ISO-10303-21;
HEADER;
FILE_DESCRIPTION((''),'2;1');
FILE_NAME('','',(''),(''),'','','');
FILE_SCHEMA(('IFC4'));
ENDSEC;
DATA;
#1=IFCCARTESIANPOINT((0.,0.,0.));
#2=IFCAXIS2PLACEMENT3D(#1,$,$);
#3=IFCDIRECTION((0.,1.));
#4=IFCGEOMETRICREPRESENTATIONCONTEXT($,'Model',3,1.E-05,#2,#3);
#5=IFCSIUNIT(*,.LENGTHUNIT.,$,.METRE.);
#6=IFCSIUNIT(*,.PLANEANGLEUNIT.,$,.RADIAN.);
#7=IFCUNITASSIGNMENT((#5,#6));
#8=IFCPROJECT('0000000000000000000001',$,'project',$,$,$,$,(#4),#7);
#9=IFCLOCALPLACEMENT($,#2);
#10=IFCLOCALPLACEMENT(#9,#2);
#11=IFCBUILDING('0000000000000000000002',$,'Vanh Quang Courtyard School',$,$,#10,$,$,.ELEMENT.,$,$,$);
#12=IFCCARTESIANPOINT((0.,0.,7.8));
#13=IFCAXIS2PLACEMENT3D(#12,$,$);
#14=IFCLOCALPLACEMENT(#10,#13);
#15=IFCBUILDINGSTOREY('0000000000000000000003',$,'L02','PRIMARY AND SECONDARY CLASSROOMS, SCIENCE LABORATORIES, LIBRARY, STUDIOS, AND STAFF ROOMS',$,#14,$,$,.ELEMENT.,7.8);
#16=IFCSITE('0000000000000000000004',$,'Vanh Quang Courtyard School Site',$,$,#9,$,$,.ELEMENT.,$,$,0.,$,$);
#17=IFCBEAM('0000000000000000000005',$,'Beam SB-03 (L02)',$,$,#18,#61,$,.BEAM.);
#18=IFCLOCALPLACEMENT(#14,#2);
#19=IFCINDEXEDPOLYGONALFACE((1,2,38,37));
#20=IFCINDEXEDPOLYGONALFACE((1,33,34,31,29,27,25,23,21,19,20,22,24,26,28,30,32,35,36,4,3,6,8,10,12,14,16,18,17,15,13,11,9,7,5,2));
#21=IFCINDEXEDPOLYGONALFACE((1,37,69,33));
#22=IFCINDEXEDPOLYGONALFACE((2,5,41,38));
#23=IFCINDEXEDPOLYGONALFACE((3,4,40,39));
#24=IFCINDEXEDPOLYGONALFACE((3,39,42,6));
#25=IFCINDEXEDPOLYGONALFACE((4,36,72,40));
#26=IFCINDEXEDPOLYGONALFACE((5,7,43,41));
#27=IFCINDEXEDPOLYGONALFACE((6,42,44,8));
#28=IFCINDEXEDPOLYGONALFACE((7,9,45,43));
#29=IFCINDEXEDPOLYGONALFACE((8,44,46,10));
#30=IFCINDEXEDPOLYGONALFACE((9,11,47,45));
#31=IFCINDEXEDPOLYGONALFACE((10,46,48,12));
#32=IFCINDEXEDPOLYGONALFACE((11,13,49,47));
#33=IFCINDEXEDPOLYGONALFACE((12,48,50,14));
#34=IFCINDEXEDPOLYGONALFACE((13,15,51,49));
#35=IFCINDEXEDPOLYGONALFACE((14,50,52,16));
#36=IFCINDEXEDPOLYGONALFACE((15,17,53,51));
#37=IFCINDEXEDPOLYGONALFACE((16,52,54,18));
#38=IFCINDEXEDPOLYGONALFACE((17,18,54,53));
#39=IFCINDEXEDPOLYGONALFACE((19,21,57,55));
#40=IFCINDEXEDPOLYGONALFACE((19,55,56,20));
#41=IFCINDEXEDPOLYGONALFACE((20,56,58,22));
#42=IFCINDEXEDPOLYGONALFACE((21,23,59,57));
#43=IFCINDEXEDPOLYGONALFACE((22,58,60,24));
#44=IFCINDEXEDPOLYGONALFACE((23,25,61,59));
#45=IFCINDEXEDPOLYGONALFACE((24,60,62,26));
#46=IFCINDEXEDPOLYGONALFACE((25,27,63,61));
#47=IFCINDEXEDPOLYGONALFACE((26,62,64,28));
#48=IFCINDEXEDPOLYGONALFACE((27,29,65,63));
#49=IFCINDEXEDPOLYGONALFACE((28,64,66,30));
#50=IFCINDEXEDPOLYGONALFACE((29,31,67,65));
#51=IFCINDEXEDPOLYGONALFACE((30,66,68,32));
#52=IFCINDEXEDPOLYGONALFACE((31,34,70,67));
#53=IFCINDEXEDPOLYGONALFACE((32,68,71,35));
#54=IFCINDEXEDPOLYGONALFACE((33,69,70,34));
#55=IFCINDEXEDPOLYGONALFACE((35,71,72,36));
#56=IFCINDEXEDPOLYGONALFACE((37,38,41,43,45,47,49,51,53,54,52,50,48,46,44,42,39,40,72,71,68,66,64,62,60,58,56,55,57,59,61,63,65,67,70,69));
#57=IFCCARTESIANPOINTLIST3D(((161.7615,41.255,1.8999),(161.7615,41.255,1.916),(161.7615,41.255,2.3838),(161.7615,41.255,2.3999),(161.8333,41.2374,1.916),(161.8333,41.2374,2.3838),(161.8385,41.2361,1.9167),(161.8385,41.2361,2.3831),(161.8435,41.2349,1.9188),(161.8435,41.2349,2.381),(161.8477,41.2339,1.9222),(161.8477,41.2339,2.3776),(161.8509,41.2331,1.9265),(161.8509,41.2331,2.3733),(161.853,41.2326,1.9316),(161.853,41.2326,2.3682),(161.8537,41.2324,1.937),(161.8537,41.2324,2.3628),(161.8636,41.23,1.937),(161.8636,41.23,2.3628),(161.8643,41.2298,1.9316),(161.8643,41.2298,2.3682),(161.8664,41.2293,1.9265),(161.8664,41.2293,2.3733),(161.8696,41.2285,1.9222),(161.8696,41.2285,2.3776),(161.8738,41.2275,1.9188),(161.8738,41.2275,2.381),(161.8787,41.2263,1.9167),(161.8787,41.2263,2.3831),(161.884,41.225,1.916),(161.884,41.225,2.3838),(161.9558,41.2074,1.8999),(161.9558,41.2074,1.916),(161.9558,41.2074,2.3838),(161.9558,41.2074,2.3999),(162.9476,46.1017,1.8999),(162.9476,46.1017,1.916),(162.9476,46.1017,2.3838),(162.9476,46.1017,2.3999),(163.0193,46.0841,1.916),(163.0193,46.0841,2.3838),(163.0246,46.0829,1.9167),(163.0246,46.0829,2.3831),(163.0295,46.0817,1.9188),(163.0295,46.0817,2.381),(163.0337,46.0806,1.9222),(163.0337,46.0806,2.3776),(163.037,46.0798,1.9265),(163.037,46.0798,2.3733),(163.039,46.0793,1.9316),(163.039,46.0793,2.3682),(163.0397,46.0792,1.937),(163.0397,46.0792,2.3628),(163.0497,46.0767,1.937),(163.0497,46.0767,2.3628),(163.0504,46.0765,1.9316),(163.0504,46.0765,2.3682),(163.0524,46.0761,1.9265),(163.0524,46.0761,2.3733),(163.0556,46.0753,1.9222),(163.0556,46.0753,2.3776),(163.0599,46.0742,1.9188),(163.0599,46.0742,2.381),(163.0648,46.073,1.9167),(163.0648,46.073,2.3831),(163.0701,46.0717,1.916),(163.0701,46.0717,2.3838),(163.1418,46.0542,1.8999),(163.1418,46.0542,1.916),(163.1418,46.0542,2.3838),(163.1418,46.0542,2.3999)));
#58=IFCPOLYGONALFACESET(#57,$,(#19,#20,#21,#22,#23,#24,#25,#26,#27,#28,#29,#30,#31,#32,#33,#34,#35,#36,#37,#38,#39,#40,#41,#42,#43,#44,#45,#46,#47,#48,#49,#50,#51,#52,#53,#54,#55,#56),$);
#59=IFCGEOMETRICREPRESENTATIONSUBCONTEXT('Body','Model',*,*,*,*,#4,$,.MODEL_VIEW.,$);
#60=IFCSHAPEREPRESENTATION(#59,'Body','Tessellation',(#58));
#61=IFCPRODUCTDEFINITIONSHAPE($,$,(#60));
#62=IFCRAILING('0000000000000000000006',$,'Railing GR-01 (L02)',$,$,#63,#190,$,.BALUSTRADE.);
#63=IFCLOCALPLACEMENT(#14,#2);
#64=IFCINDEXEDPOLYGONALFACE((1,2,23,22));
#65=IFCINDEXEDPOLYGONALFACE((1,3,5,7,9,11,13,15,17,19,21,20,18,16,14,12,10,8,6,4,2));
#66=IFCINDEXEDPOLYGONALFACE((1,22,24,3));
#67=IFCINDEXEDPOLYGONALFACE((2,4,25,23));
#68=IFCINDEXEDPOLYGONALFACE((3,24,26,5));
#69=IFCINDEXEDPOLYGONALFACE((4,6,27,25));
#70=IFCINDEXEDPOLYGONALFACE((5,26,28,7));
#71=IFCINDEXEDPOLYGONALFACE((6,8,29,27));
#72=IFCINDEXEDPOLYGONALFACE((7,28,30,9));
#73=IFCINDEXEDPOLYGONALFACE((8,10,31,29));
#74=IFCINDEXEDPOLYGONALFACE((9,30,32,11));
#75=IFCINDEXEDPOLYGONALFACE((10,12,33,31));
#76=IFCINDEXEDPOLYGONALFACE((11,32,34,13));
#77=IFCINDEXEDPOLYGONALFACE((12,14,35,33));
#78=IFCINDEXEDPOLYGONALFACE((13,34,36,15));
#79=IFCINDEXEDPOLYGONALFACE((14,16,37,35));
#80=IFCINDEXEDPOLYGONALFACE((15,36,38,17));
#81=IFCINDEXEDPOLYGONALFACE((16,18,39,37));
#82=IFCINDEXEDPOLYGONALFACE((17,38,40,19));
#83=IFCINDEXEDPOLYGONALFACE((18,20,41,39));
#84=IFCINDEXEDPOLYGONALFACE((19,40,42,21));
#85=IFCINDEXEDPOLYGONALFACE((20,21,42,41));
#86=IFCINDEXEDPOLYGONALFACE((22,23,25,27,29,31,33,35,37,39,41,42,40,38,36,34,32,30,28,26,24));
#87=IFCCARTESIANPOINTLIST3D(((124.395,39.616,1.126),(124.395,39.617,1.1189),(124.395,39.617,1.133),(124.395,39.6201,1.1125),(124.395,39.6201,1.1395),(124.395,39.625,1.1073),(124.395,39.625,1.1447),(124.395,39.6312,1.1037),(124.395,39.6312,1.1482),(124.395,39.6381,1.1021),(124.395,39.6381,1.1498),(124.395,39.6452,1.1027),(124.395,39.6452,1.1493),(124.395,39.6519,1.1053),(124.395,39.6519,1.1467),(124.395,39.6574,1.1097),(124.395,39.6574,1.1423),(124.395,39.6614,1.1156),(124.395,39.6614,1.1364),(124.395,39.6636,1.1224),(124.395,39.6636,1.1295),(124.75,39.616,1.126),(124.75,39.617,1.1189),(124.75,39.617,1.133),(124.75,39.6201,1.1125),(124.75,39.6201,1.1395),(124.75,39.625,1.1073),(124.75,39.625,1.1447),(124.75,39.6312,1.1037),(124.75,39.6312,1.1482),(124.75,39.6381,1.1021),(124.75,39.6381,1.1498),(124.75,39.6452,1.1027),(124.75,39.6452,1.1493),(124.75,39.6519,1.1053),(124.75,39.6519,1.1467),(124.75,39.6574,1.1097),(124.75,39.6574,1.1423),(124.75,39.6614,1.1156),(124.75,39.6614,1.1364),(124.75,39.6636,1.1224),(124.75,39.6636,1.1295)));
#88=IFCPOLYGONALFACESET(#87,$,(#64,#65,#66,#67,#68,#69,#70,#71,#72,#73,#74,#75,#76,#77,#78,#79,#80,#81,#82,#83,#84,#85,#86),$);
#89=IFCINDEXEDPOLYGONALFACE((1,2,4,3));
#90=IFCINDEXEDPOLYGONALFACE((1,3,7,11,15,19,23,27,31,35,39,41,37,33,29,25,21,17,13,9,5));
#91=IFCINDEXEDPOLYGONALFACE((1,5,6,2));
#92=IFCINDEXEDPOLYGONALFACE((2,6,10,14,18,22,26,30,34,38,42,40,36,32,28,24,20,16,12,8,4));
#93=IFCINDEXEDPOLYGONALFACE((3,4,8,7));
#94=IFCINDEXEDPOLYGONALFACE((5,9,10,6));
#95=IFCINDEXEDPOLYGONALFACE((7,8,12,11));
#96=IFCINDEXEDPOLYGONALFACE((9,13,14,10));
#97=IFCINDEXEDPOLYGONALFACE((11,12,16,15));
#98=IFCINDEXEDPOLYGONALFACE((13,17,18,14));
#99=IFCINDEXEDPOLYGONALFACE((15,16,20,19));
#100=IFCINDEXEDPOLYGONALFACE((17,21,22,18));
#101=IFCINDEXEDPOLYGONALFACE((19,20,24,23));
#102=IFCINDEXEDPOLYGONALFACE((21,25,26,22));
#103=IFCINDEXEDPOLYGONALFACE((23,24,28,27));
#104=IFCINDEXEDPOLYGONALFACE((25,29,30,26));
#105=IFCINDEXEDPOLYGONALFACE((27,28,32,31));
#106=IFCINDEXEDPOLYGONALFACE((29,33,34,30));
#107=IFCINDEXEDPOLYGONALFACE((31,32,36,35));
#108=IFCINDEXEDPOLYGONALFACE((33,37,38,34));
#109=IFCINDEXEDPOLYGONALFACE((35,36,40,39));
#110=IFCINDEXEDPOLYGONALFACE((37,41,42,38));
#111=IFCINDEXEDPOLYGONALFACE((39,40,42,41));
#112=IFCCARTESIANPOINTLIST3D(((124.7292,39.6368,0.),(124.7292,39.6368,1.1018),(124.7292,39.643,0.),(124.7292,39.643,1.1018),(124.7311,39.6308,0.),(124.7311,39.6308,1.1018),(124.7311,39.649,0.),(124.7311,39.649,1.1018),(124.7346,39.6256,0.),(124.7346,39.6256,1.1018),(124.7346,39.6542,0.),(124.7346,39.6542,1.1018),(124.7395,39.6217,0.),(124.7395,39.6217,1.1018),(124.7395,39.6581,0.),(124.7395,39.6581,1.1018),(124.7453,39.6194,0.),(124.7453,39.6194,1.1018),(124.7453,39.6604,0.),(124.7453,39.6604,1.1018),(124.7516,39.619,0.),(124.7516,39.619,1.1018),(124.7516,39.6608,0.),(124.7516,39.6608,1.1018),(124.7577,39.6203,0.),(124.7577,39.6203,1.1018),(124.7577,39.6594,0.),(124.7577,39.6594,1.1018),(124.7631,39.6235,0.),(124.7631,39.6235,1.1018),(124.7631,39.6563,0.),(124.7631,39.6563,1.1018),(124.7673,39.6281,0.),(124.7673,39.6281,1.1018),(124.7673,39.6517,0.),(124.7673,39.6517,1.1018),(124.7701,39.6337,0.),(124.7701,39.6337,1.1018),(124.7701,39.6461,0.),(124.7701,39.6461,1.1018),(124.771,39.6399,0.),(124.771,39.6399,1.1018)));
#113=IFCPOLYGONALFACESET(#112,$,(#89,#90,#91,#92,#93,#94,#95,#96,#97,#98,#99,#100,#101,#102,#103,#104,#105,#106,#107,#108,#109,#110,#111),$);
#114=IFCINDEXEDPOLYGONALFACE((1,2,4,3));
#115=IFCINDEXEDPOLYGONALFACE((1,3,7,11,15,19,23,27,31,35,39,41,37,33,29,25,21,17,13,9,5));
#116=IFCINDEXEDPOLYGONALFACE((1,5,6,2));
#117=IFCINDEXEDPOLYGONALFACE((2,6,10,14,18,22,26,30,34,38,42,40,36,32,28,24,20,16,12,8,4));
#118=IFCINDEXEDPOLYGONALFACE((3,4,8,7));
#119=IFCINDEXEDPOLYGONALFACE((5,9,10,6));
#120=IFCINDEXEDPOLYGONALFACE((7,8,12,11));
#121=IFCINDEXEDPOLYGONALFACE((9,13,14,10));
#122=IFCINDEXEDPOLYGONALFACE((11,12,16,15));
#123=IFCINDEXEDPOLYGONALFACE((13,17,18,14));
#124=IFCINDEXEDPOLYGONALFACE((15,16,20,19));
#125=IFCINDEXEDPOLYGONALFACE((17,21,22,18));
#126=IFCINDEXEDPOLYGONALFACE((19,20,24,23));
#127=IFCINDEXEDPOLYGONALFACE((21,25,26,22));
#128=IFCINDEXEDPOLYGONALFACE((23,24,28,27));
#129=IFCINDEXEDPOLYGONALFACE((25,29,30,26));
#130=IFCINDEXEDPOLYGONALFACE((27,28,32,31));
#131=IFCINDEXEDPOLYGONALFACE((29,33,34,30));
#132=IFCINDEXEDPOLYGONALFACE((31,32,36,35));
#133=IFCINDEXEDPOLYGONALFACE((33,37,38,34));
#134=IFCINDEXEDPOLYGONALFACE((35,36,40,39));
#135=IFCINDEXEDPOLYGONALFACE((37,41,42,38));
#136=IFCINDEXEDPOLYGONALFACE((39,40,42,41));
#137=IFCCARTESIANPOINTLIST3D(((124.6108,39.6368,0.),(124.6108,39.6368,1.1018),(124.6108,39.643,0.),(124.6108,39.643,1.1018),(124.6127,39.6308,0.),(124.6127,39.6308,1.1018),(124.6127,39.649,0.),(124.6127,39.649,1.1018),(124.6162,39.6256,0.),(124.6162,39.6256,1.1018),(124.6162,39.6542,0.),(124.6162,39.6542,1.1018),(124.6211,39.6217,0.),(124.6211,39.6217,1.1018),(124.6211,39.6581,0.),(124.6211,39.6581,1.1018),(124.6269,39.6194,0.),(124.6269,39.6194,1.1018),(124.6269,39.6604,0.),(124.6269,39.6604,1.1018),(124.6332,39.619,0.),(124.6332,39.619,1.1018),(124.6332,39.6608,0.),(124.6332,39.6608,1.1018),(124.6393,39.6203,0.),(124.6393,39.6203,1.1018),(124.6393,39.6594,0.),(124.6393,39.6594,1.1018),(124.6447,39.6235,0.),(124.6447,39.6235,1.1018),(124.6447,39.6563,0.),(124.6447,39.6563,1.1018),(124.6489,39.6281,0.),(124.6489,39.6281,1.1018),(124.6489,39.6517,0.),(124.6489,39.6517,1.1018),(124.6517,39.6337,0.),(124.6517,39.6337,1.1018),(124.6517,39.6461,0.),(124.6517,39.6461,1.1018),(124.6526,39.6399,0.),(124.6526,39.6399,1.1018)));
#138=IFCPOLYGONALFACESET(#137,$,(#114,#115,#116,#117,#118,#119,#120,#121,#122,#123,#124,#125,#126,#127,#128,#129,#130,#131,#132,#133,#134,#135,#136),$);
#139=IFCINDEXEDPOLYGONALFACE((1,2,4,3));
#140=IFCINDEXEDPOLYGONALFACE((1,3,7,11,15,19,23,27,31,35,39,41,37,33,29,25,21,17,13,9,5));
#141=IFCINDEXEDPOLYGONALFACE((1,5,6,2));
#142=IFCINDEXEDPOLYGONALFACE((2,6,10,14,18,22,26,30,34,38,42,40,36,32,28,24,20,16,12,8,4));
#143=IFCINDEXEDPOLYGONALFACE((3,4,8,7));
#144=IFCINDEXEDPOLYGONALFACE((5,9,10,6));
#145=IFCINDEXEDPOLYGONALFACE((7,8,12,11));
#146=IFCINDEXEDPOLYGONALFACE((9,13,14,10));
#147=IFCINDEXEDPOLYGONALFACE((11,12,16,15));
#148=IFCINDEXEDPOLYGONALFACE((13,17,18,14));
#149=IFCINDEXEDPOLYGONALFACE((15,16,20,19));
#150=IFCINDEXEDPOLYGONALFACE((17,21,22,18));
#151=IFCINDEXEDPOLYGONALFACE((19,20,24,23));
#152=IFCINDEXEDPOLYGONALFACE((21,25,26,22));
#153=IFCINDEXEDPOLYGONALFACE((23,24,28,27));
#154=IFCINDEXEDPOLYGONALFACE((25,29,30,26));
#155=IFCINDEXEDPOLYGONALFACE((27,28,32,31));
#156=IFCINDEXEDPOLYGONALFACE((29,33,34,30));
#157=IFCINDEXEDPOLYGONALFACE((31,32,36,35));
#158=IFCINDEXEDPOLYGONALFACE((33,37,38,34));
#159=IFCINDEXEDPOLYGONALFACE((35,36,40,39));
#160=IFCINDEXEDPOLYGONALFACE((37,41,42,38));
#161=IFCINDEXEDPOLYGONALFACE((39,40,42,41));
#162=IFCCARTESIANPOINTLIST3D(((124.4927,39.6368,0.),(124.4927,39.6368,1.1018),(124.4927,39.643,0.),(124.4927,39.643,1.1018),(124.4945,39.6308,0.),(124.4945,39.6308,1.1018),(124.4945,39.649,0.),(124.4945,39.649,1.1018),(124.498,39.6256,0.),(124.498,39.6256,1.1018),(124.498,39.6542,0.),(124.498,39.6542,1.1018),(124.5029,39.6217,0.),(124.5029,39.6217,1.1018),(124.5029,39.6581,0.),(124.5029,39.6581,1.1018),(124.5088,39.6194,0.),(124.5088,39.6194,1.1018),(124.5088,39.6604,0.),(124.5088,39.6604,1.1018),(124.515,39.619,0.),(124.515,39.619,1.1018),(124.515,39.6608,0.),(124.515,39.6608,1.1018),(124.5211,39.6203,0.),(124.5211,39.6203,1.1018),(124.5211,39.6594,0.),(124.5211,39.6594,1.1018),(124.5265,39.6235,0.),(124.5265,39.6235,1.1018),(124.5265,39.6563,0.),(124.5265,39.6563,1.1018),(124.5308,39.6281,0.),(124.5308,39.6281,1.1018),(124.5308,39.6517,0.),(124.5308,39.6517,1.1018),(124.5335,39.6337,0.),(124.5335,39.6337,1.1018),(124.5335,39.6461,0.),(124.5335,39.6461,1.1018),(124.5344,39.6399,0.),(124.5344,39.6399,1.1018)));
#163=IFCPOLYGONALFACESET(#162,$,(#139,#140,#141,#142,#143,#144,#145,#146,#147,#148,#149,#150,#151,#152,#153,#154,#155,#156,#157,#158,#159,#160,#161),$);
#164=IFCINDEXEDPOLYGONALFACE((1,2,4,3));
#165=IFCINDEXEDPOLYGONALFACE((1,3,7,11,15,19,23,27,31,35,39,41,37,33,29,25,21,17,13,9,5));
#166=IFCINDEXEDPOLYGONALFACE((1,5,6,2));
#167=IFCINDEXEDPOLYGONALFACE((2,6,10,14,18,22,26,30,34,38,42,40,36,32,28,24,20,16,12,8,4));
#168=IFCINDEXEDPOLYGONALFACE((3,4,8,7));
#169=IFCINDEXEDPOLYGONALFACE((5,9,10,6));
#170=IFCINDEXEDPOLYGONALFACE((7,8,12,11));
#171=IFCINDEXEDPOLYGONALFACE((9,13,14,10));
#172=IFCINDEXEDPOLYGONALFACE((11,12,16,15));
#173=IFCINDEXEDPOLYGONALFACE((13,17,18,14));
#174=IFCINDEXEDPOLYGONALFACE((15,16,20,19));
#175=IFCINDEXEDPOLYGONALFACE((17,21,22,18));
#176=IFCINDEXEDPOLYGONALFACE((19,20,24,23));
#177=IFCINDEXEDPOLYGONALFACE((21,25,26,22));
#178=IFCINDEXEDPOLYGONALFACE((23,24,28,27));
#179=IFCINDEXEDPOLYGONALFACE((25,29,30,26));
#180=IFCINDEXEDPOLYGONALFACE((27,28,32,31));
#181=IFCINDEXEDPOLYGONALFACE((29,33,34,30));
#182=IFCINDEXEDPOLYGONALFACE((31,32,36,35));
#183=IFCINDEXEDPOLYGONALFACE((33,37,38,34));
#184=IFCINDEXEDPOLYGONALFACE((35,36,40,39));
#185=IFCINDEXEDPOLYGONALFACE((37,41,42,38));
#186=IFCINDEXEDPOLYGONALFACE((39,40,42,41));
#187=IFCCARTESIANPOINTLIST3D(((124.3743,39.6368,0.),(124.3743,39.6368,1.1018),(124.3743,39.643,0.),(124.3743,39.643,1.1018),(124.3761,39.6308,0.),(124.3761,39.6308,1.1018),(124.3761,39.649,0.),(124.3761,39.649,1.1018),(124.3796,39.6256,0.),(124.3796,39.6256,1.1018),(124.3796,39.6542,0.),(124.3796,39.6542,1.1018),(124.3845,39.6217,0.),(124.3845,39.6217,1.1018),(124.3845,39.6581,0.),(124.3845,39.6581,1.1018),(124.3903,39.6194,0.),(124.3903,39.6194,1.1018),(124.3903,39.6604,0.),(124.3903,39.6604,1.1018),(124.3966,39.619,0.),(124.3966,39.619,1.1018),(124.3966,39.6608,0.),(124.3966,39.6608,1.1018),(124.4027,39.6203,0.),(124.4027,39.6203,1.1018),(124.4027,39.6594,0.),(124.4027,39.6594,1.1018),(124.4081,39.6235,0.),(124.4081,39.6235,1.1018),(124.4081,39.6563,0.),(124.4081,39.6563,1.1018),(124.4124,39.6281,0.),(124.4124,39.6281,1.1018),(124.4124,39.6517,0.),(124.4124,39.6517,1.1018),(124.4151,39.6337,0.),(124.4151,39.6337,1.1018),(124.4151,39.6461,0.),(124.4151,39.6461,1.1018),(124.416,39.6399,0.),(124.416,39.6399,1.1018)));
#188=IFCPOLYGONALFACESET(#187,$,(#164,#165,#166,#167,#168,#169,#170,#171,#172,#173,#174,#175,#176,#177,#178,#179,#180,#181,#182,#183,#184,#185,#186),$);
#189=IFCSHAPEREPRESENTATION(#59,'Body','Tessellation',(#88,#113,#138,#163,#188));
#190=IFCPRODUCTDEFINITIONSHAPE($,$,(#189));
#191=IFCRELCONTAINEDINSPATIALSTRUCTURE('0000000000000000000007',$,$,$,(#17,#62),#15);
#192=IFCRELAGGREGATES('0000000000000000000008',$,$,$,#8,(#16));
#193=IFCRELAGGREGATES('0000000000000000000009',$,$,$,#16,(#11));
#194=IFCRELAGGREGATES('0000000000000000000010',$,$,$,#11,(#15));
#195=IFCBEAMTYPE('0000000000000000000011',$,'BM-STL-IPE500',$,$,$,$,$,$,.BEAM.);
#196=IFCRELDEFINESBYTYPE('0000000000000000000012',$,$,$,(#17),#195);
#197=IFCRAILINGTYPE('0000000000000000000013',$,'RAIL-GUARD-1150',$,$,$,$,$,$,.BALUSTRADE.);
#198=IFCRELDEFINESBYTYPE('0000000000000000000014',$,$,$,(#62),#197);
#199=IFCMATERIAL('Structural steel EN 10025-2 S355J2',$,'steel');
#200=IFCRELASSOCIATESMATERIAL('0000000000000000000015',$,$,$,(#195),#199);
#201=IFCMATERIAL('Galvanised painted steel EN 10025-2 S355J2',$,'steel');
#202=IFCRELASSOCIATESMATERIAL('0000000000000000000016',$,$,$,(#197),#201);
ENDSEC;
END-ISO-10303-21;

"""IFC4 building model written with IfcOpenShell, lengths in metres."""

from ifc_helpers import new_model, si_unit, direction, frame, origin, origin_2d, place, context, subcontext, project, spatial, circle, i_section, extrude, material, material_profile, profile_set, type_object, element, save


model = new_model("IFC4")

# Units and contexts
model_context = context("Model", 3, precision=1e-05, world=origin(), true_north=direction((0.0, 1.0)))
body_context = subcontext(model_context, "Body", "Model", "MODEL_VIEW")
ifc_project = project(units=[si_unit("LENGTHUNIT", "METRE"), si_unit("PLANEANGLEUNIT", "RADIAN")], contexts=[model_context])

# Site, building, storey
site_placement = place(None, origin())
site = spatial("IfcSite", under=ifc_project, at=site_placement, Name="Vanh Quang Courtyard School Site", CompositionType="ELEMENT", RefElevation=0.0)
building_placement = place(site_placement, origin())
building = spatial("IfcBuilding", under=site, at=building_placement, Name="Vanh Quang Courtyard School", CompositionType="ELEMENT")
storey_placement = place(building_placement, frame((0.0, 0.0, 7.8)))
storey = spatial("IfcBuildingStorey", under=building, at=storey_placement, Name="L02", Description="PRIMARY AND SECONDARY CLASSROOMS, SCIENCE LABORATORIES, LIBRARY, STUDIOS, AND STAFF ROOMS", CompositionType="ELEMENT", Elevation=7.8)

# Beam
ifc_material_1 = material(Name="Structural steel EN 10025-2 S355J2", Category="steel")
ifc_material_profile_1 = material_profile(ifc_material_1, i_section(OverallWidth=0.2, OverallDepth=0.5, WebThickness=0.0103, FlangeThickness=0.0161, FilletRadius=0.021, at=origin_2d()), Name="IPE 500")
ifc_profile_set_1 = profile_set([ifc_material_profile_1], Name="Structural steel EN 10025-2 S355J2")
beam_type_1 = type_object("IfcBeamType", Name="BM-STL-IPE500", PredefinedType="BEAM", material=ifc_profile_set_1)
for number, where, z_axis, x_axis, name in (
    (1, (161.8586, 41.2312, 2.1499), (0.237697, 0.971339, 0.0), (-0.971339, 0.237697, 0.0), "Beam SB-03 (L02)"),
):
    element("IfcBeam", number, at=place(storey_placement, frame(where, z_axis=z_axis, x_axis=x_axis)), inside=storey, type_object=beam_type_1, Name=name, PredefinedType="BEAM", context=body_context, shape_type="SweptSolid", body=[
        extrude(i_section(OverallWidth=0.2, OverallDepth=0.5, WebThickness=0.0103, FlangeThickness=0.0161, FilletRadius=0.021, at=origin_2d()), origin(), (0.0, 0.0, 1.0), 4.9897),
    ])

# Railing
ifc_material_2 = material(Name="Galvanised painted steel EN 10025-2 S355J2", Category="steel")
railing_type = type_object("IfcRailingType", Name="RAIL-GUARD-1150", PredefinedType="BALUSTRADE", material=ifc_material_2)
railing_1_placement = place(storey_placement, frame((124.75, 39.6399, 0.0)))
element("IfcRailing", 2, at=railing_1_placement, inside=storey, type_object=railing_type, Name="Railing GR-01 (L02)", PredefinedType="BALUSTRADE", context=body_context, shape_type="SweptSolid", body=[
    extrude(circle(Radius=0.0239, at=origin_2d()), frame((0.0, 0.0, 1.126), z_axis=(-1.0, 0.0, 0.0), x_axis=(0.0, -1.0, 0.0)), (0.0, 0.0, 1.0), 0.355),
    extrude(circle(Radius=0.021, at=origin_2d()), origin(), (0.0, 0.0, 1.0), 1.1018),
    extrude(circle(Radius=0.021, at=origin_2d()), frame((-0.1184, 0.0, 0.0)), (0.0, 0.0, 1.0), 1.1018),
    extrude(circle(Radius=0.021, at=origin_2d()), frame((-0.2366, 0.0, 0.0)), (0.0, 0.0, 1.0), 1.1018),
    extrude(circle(Radius=0.021, at=origin_2d()), frame((-0.355, 0.0, 0.0)), (0.0, 0.0, 1.0), 1.1018),
])

save(model, "model.ifc")
